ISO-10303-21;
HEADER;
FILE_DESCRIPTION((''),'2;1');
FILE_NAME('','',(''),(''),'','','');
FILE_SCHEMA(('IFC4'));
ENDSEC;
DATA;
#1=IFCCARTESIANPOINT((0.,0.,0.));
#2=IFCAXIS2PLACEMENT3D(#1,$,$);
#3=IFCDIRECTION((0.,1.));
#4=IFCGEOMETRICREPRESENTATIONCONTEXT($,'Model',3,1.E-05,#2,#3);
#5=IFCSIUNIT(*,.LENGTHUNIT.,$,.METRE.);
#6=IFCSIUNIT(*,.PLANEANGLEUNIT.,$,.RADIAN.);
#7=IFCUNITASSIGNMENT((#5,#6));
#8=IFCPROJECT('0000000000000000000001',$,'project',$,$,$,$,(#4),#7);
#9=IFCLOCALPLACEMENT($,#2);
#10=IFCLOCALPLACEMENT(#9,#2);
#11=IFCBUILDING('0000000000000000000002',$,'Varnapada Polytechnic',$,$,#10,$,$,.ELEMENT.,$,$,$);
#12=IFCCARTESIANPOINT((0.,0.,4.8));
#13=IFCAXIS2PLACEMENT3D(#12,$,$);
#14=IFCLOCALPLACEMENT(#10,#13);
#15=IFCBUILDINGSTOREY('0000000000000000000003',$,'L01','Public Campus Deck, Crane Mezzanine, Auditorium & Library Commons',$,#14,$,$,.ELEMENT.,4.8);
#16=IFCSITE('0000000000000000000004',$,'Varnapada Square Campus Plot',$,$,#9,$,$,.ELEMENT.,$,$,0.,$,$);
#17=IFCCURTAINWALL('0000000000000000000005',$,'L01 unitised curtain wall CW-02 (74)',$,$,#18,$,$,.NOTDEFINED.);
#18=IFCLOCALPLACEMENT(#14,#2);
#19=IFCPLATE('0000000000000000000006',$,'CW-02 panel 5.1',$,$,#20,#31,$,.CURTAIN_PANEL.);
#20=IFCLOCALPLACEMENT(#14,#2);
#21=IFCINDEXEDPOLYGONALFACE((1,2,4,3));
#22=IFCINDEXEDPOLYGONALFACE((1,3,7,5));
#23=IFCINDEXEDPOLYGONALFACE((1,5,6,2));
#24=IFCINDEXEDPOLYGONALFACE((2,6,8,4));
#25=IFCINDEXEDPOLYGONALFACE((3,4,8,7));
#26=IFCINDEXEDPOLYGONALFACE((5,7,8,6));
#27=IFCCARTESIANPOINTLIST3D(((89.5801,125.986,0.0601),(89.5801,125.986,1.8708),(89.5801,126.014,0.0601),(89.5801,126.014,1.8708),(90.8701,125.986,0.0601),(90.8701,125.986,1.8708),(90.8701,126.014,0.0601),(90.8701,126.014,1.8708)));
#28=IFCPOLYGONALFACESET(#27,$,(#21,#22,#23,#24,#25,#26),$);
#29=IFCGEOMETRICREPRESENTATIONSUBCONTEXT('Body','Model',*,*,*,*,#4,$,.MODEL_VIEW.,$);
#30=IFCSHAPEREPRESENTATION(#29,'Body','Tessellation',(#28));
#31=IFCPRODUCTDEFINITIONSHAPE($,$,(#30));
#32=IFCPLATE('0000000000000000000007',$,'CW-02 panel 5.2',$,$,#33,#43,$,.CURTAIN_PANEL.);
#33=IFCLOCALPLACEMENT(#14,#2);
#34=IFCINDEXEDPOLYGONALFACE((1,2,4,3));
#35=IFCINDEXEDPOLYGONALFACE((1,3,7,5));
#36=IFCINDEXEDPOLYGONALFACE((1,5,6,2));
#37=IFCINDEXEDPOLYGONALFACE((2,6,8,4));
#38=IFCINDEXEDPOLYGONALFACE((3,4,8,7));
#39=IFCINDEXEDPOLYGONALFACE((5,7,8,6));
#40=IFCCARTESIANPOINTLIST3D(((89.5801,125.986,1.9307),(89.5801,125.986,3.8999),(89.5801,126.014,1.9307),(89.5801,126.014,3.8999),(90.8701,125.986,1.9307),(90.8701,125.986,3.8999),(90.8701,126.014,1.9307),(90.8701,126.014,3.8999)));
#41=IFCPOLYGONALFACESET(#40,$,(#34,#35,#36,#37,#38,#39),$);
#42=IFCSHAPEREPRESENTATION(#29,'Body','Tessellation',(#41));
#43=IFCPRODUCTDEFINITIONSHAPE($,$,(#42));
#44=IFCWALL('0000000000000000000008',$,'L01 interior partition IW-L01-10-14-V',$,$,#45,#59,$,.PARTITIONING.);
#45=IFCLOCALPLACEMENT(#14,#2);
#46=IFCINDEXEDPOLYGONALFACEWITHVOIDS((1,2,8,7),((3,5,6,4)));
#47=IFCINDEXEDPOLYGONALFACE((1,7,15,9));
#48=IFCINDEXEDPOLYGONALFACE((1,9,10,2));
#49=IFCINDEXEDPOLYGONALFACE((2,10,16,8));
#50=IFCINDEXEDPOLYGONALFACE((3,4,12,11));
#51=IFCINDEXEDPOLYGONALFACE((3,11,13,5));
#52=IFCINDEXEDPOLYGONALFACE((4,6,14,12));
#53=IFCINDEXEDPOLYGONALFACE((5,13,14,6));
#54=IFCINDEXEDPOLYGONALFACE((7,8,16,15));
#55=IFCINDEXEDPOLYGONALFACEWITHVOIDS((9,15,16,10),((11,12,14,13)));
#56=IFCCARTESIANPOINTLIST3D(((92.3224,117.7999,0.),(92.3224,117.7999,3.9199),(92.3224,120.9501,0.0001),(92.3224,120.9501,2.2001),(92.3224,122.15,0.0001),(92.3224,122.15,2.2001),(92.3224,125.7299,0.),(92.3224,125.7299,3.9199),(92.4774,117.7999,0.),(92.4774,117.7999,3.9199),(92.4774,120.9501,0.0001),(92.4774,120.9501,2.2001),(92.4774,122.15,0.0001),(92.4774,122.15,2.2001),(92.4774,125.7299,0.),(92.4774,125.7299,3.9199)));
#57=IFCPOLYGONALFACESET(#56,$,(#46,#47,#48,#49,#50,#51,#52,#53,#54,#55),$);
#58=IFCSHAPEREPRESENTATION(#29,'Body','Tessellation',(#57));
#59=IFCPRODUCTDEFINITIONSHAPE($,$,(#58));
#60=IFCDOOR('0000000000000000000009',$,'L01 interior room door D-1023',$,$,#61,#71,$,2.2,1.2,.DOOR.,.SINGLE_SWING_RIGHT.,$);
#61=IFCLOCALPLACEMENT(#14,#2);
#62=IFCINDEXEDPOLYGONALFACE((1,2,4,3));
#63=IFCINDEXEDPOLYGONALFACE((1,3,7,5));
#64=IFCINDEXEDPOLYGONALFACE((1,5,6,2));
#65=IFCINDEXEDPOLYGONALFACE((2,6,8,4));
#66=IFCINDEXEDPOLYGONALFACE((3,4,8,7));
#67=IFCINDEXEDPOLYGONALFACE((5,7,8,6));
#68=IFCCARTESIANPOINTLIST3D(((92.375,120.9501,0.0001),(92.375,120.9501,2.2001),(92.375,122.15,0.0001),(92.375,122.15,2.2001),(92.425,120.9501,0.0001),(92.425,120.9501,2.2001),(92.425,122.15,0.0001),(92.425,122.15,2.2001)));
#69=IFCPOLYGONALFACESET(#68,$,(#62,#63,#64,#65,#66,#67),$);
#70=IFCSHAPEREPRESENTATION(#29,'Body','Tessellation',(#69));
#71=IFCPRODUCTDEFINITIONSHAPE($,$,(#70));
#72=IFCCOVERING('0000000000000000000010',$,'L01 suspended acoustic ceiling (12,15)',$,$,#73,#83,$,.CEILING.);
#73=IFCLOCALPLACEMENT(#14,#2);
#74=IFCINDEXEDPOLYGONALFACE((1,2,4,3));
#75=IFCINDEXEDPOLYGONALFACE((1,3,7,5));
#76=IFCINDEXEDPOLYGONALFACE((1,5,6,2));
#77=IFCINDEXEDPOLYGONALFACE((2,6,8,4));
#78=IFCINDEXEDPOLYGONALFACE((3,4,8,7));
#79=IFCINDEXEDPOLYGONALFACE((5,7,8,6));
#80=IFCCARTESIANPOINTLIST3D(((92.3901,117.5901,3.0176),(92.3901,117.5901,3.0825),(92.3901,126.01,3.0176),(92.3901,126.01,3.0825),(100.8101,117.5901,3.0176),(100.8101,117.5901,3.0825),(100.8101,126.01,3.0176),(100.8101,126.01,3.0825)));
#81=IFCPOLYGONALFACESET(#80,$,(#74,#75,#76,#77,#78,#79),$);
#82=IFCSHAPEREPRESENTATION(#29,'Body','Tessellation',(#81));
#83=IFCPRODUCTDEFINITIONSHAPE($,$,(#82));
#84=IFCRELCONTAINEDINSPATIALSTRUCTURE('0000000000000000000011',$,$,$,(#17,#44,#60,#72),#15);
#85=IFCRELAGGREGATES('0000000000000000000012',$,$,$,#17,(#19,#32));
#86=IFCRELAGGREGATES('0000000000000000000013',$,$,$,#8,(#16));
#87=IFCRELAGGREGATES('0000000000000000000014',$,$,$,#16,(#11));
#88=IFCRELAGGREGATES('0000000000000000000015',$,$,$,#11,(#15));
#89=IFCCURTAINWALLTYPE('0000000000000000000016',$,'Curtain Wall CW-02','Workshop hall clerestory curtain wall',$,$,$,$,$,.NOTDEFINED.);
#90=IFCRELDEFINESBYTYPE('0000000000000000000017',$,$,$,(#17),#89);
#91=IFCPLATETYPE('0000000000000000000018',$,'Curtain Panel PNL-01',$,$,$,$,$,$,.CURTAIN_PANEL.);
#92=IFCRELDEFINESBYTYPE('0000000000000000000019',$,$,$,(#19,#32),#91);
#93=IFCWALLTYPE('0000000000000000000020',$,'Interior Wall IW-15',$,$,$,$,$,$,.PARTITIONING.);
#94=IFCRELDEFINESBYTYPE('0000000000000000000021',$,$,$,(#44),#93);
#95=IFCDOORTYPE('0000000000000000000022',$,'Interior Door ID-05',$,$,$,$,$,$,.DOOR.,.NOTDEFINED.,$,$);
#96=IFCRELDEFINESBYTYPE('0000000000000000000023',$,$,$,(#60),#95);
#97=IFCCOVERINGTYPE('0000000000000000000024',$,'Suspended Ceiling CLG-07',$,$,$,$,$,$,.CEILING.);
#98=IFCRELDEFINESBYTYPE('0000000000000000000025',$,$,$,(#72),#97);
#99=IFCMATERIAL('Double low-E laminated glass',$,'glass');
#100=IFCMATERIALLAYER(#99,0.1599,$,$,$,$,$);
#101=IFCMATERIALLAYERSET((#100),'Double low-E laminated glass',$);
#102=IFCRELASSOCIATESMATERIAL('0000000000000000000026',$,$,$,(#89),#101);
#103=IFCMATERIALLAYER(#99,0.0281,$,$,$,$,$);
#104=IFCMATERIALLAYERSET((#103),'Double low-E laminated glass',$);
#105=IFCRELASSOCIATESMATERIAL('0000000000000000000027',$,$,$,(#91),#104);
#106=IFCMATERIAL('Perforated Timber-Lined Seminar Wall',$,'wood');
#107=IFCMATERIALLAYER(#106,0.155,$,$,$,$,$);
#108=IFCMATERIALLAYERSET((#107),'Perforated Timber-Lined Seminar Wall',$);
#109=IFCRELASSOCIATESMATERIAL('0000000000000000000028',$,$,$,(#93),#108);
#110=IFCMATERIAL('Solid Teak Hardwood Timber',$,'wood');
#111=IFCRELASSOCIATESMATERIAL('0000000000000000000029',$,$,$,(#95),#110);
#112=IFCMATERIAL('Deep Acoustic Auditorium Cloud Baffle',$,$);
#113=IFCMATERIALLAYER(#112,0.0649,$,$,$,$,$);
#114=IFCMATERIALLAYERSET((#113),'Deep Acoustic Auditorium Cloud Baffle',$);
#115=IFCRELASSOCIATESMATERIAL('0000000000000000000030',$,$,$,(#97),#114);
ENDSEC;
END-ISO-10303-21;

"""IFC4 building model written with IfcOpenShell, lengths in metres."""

from ifc_helpers import new_model, si_unit, direction, frame, frame_2d, origin, origin_2d, place, context, subcontext, project, spatial, rectangle, extrude, material, layer, layer_set, type_object, element, fill, aggregate, save


model = new_model("IFC4")

# Units and contexts
model_context = context("Model", 3, precision=1e-05, world=origin(), true_north=direction((0.0, 1.0)))
body_context = subcontext(model_context, "Body", "Model", "MODEL_VIEW")
ifc_project = project(units=[si_unit("LENGTHUNIT", "METRE"), si_unit("PLANEANGLEUNIT", "RADIAN")], contexts=[model_context])

# Site, building, storey
site_placement = place(None, origin())
site = spatial("IfcSite", under=ifc_project, at=site_placement, Name="Varnapada Square Campus Plot", CompositionType="ELEMENT", RefElevation=0.0)
building_placement = place(site_placement, origin())
building = spatial("IfcBuilding", under=site, at=building_placement, Name="Varnapada Polytechnic", CompositionType="ELEMENT")
storey_placement = place(building_placement, frame((0.0, 0.0, 4.8)))
storey = spatial("IfcBuildingStorey", under=building, at=storey_placement, Name="L01", Description="Public Campus Deck, Crane Mezzanine, Auditorium & Library Commons", CompositionType="ELEMENT", Elevation=4.8)

# Curtain wall, plates
ifc_material_1 = material(Name="Double low-E laminated glass", Category="glass")
ifc_layer_1 = layer(ifc_material_1, 0.1599)
ifc_layer_set_1 = layer_set([ifc_layer_1], Name="Double low-E laminated glass")
curtain_wall_type = type_object("IfcCurtainWallType", Name="Curtain Wall CW-02", Description="Workshop hall clerestory curtain wall", PredefinedType="NOTDEFINED", material=ifc_layer_set_1)
curtain_wall_placement = place(storey_placement, origin())
curtain_wall = element("IfcCurtainWall", 1, at=curtain_wall_placement, inside=storey, type_object=curtain_wall_type, Name="L01 unitised curtain wall CW-02 (74)", PredefinedType="NOTDEFINED")
ifc_layer_2 = layer(ifc_material_1, 0.0281)
ifc_layer_set_2 = layer_set([ifc_layer_2], Name="Double low-E laminated glass")
plate_type = type_object("IfcPlateType", Name="Curtain Panel PNL-01", PredefinedType="CURTAIN_PANEL", material=ifc_layer_set_2)
plate_1_placement = place(storey_placement, frame((90.2251, 126.0, 0.0601), z_axis=(0.0, 0.0, 1.0), x_axis=(1.0, 0.0, 0.0)))
plate_1 = element("IfcPlate", 2, at=plate_1_placement, type_object=plate_type, Name="CW-02 panel 5.1", PredefinedType="CURTAIN_PANEL", context=body_context, shape_type="SweptSolid", body=[
    extrude(rectangle(XDim=1.29, YDim=0.0281, at=origin_2d()), origin(), (0.0, 0.0, 1.0), 1.8108),
])
plate_2_placement = place(storey_placement, frame((90.2251, 126.0, 1.9307), z_axis=(0.0, 0.0, 1.0), x_axis=(1.0, 0.0, 0.0)))
plate_2 = element("IfcPlate", 3, at=plate_2_placement, type_object=plate_type, Name="CW-02 panel 5.2", PredefinedType="CURTAIN_PANEL", context=body_context, shape_type="SweptSolid", body=[
    extrude(rectangle(XDim=1.29, YDim=0.0281, at=origin_2d()), origin(), (0.0, 0.0, 1.0), 1.9692),
])
aggregate(curtain_wall, [plate_1, plate_2])

# Wall, opening, door
ifc_material_2 = material(Name="Perforated Timber-Lined Seminar Wall", Category="wood")
ifc_layer_3 = layer(ifc_material_2, 0.155)
ifc_layer_set_3 = layer_set([ifc_layer_3], Name="Perforated Timber-Lined Seminar Wall")
wall_type = type_object("IfcWallType", Name="Interior Wall IW-15", PredefinedType="PARTITIONING", material=ifc_layer_set_3)
wall_placement = place(storey_placement, frame((92.3999, 117.8, 0.0), z_axis=(0.0, 0.0, 1.0), x_axis=(0.0, 1.0, 0.0)))
wall = element("IfcWall", 4, at=wall_placement, inside=storey, type_object=wall_type, Name="L01 interior partition IW-L01-10-14-V", PredefinedType="PARTITIONING", context=body_context, shape_type="SweptSolid", body=[
    extrude(rectangle(XDim=7.9299, YDim=0.155, at=frame_2d((3.9648, 0.0))), origin(), (0.0, 0.0, 1.0), 3.9199),
])
opening_placement = place(wall_placement, frame((3.1499, 0.0, 0.0)))
opening = element("IfcOpeningElement", 5, at=opening_placement, cuts=wall, PredefinedType="OPENING", context=body_context, shape_type="SweptSolid", body=[
    extrude(rectangle(XDim=1.2, YDim=2.2, at=frame_2d((0.6001, 1.1001))), frame((0.0, 0.0874, 0.0), z_axis=(0.0, -1.0, 0.0), x_axis=(1.0, 0.0, 0.0)), (0.0, 0.0, 1.0), 0.175),
])
ifc_material_3 = material(Name="Solid Teak Hardwood Timber", Category="wood")
door_type = type_object("IfcDoorType", Name="Interior Door ID-05", OperationType="NOTDEFINED", PredefinedType="DOOR", material=ifc_material_3)
door_placement = place(opening_placement, origin())
door = element("IfcDoor", 6, at=door_placement, inside=storey, type_object=door_type, Name="L01 interior room door D-1023", OperationType="SINGLE_SWING_RIGHT", OverallHeight=2.2, OverallWidth=1.2, PredefinedType="DOOR", context=body_context, shape_type="SweptSolid", body=[
    extrude(rectangle(XDim=1.2, YDim=2.2, at=frame_2d((0.6001, 1.1001))), frame((0.0, 0.0249, 0.0), z_axis=(0.0, -1.0, 0.0), x_axis=(1.0, 0.0, 0.0)), (0.0, 0.0, 1.0), 0.05),
])
fill(opening, door)

# Covering
ifc_material_4 = material(Name="Deep Acoustic Auditorium Cloud Baffle")
ifc_layer_4 = layer(ifc_material_4, 0.0649)
ifc_layer_set_4 = layer_set([ifc_layer_4], Name="Deep Acoustic Auditorium Cloud Baffle")
covering_type = type_object("IfcCoveringType", Name="Suspended Ceiling CLG-07", PredefinedType="CEILING", material=ifc_layer_set_4)
covering_placement = place(storey_placement, frame((96.6001, 121.8, 3.0176), z_axis=(0.0, 0.0, 1.0), x_axis=(1.0, 0.0, 0.0)))
element("IfcCovering", 7, at=covering_placement, inside=storey, type_object=covering_type, Name="L01 suspended acoustic ceiling (12,15)", PredefinedType="CEILING", context=body_context, shape_type="SweptSolid", body=[
    extrude(rectangle(XDim=8.4199, YDim=8.4199, at=origin_2d()), origin(), (0.0, 0.0, 1.0), 0.0649),
])

save(model, "model.ifc")
